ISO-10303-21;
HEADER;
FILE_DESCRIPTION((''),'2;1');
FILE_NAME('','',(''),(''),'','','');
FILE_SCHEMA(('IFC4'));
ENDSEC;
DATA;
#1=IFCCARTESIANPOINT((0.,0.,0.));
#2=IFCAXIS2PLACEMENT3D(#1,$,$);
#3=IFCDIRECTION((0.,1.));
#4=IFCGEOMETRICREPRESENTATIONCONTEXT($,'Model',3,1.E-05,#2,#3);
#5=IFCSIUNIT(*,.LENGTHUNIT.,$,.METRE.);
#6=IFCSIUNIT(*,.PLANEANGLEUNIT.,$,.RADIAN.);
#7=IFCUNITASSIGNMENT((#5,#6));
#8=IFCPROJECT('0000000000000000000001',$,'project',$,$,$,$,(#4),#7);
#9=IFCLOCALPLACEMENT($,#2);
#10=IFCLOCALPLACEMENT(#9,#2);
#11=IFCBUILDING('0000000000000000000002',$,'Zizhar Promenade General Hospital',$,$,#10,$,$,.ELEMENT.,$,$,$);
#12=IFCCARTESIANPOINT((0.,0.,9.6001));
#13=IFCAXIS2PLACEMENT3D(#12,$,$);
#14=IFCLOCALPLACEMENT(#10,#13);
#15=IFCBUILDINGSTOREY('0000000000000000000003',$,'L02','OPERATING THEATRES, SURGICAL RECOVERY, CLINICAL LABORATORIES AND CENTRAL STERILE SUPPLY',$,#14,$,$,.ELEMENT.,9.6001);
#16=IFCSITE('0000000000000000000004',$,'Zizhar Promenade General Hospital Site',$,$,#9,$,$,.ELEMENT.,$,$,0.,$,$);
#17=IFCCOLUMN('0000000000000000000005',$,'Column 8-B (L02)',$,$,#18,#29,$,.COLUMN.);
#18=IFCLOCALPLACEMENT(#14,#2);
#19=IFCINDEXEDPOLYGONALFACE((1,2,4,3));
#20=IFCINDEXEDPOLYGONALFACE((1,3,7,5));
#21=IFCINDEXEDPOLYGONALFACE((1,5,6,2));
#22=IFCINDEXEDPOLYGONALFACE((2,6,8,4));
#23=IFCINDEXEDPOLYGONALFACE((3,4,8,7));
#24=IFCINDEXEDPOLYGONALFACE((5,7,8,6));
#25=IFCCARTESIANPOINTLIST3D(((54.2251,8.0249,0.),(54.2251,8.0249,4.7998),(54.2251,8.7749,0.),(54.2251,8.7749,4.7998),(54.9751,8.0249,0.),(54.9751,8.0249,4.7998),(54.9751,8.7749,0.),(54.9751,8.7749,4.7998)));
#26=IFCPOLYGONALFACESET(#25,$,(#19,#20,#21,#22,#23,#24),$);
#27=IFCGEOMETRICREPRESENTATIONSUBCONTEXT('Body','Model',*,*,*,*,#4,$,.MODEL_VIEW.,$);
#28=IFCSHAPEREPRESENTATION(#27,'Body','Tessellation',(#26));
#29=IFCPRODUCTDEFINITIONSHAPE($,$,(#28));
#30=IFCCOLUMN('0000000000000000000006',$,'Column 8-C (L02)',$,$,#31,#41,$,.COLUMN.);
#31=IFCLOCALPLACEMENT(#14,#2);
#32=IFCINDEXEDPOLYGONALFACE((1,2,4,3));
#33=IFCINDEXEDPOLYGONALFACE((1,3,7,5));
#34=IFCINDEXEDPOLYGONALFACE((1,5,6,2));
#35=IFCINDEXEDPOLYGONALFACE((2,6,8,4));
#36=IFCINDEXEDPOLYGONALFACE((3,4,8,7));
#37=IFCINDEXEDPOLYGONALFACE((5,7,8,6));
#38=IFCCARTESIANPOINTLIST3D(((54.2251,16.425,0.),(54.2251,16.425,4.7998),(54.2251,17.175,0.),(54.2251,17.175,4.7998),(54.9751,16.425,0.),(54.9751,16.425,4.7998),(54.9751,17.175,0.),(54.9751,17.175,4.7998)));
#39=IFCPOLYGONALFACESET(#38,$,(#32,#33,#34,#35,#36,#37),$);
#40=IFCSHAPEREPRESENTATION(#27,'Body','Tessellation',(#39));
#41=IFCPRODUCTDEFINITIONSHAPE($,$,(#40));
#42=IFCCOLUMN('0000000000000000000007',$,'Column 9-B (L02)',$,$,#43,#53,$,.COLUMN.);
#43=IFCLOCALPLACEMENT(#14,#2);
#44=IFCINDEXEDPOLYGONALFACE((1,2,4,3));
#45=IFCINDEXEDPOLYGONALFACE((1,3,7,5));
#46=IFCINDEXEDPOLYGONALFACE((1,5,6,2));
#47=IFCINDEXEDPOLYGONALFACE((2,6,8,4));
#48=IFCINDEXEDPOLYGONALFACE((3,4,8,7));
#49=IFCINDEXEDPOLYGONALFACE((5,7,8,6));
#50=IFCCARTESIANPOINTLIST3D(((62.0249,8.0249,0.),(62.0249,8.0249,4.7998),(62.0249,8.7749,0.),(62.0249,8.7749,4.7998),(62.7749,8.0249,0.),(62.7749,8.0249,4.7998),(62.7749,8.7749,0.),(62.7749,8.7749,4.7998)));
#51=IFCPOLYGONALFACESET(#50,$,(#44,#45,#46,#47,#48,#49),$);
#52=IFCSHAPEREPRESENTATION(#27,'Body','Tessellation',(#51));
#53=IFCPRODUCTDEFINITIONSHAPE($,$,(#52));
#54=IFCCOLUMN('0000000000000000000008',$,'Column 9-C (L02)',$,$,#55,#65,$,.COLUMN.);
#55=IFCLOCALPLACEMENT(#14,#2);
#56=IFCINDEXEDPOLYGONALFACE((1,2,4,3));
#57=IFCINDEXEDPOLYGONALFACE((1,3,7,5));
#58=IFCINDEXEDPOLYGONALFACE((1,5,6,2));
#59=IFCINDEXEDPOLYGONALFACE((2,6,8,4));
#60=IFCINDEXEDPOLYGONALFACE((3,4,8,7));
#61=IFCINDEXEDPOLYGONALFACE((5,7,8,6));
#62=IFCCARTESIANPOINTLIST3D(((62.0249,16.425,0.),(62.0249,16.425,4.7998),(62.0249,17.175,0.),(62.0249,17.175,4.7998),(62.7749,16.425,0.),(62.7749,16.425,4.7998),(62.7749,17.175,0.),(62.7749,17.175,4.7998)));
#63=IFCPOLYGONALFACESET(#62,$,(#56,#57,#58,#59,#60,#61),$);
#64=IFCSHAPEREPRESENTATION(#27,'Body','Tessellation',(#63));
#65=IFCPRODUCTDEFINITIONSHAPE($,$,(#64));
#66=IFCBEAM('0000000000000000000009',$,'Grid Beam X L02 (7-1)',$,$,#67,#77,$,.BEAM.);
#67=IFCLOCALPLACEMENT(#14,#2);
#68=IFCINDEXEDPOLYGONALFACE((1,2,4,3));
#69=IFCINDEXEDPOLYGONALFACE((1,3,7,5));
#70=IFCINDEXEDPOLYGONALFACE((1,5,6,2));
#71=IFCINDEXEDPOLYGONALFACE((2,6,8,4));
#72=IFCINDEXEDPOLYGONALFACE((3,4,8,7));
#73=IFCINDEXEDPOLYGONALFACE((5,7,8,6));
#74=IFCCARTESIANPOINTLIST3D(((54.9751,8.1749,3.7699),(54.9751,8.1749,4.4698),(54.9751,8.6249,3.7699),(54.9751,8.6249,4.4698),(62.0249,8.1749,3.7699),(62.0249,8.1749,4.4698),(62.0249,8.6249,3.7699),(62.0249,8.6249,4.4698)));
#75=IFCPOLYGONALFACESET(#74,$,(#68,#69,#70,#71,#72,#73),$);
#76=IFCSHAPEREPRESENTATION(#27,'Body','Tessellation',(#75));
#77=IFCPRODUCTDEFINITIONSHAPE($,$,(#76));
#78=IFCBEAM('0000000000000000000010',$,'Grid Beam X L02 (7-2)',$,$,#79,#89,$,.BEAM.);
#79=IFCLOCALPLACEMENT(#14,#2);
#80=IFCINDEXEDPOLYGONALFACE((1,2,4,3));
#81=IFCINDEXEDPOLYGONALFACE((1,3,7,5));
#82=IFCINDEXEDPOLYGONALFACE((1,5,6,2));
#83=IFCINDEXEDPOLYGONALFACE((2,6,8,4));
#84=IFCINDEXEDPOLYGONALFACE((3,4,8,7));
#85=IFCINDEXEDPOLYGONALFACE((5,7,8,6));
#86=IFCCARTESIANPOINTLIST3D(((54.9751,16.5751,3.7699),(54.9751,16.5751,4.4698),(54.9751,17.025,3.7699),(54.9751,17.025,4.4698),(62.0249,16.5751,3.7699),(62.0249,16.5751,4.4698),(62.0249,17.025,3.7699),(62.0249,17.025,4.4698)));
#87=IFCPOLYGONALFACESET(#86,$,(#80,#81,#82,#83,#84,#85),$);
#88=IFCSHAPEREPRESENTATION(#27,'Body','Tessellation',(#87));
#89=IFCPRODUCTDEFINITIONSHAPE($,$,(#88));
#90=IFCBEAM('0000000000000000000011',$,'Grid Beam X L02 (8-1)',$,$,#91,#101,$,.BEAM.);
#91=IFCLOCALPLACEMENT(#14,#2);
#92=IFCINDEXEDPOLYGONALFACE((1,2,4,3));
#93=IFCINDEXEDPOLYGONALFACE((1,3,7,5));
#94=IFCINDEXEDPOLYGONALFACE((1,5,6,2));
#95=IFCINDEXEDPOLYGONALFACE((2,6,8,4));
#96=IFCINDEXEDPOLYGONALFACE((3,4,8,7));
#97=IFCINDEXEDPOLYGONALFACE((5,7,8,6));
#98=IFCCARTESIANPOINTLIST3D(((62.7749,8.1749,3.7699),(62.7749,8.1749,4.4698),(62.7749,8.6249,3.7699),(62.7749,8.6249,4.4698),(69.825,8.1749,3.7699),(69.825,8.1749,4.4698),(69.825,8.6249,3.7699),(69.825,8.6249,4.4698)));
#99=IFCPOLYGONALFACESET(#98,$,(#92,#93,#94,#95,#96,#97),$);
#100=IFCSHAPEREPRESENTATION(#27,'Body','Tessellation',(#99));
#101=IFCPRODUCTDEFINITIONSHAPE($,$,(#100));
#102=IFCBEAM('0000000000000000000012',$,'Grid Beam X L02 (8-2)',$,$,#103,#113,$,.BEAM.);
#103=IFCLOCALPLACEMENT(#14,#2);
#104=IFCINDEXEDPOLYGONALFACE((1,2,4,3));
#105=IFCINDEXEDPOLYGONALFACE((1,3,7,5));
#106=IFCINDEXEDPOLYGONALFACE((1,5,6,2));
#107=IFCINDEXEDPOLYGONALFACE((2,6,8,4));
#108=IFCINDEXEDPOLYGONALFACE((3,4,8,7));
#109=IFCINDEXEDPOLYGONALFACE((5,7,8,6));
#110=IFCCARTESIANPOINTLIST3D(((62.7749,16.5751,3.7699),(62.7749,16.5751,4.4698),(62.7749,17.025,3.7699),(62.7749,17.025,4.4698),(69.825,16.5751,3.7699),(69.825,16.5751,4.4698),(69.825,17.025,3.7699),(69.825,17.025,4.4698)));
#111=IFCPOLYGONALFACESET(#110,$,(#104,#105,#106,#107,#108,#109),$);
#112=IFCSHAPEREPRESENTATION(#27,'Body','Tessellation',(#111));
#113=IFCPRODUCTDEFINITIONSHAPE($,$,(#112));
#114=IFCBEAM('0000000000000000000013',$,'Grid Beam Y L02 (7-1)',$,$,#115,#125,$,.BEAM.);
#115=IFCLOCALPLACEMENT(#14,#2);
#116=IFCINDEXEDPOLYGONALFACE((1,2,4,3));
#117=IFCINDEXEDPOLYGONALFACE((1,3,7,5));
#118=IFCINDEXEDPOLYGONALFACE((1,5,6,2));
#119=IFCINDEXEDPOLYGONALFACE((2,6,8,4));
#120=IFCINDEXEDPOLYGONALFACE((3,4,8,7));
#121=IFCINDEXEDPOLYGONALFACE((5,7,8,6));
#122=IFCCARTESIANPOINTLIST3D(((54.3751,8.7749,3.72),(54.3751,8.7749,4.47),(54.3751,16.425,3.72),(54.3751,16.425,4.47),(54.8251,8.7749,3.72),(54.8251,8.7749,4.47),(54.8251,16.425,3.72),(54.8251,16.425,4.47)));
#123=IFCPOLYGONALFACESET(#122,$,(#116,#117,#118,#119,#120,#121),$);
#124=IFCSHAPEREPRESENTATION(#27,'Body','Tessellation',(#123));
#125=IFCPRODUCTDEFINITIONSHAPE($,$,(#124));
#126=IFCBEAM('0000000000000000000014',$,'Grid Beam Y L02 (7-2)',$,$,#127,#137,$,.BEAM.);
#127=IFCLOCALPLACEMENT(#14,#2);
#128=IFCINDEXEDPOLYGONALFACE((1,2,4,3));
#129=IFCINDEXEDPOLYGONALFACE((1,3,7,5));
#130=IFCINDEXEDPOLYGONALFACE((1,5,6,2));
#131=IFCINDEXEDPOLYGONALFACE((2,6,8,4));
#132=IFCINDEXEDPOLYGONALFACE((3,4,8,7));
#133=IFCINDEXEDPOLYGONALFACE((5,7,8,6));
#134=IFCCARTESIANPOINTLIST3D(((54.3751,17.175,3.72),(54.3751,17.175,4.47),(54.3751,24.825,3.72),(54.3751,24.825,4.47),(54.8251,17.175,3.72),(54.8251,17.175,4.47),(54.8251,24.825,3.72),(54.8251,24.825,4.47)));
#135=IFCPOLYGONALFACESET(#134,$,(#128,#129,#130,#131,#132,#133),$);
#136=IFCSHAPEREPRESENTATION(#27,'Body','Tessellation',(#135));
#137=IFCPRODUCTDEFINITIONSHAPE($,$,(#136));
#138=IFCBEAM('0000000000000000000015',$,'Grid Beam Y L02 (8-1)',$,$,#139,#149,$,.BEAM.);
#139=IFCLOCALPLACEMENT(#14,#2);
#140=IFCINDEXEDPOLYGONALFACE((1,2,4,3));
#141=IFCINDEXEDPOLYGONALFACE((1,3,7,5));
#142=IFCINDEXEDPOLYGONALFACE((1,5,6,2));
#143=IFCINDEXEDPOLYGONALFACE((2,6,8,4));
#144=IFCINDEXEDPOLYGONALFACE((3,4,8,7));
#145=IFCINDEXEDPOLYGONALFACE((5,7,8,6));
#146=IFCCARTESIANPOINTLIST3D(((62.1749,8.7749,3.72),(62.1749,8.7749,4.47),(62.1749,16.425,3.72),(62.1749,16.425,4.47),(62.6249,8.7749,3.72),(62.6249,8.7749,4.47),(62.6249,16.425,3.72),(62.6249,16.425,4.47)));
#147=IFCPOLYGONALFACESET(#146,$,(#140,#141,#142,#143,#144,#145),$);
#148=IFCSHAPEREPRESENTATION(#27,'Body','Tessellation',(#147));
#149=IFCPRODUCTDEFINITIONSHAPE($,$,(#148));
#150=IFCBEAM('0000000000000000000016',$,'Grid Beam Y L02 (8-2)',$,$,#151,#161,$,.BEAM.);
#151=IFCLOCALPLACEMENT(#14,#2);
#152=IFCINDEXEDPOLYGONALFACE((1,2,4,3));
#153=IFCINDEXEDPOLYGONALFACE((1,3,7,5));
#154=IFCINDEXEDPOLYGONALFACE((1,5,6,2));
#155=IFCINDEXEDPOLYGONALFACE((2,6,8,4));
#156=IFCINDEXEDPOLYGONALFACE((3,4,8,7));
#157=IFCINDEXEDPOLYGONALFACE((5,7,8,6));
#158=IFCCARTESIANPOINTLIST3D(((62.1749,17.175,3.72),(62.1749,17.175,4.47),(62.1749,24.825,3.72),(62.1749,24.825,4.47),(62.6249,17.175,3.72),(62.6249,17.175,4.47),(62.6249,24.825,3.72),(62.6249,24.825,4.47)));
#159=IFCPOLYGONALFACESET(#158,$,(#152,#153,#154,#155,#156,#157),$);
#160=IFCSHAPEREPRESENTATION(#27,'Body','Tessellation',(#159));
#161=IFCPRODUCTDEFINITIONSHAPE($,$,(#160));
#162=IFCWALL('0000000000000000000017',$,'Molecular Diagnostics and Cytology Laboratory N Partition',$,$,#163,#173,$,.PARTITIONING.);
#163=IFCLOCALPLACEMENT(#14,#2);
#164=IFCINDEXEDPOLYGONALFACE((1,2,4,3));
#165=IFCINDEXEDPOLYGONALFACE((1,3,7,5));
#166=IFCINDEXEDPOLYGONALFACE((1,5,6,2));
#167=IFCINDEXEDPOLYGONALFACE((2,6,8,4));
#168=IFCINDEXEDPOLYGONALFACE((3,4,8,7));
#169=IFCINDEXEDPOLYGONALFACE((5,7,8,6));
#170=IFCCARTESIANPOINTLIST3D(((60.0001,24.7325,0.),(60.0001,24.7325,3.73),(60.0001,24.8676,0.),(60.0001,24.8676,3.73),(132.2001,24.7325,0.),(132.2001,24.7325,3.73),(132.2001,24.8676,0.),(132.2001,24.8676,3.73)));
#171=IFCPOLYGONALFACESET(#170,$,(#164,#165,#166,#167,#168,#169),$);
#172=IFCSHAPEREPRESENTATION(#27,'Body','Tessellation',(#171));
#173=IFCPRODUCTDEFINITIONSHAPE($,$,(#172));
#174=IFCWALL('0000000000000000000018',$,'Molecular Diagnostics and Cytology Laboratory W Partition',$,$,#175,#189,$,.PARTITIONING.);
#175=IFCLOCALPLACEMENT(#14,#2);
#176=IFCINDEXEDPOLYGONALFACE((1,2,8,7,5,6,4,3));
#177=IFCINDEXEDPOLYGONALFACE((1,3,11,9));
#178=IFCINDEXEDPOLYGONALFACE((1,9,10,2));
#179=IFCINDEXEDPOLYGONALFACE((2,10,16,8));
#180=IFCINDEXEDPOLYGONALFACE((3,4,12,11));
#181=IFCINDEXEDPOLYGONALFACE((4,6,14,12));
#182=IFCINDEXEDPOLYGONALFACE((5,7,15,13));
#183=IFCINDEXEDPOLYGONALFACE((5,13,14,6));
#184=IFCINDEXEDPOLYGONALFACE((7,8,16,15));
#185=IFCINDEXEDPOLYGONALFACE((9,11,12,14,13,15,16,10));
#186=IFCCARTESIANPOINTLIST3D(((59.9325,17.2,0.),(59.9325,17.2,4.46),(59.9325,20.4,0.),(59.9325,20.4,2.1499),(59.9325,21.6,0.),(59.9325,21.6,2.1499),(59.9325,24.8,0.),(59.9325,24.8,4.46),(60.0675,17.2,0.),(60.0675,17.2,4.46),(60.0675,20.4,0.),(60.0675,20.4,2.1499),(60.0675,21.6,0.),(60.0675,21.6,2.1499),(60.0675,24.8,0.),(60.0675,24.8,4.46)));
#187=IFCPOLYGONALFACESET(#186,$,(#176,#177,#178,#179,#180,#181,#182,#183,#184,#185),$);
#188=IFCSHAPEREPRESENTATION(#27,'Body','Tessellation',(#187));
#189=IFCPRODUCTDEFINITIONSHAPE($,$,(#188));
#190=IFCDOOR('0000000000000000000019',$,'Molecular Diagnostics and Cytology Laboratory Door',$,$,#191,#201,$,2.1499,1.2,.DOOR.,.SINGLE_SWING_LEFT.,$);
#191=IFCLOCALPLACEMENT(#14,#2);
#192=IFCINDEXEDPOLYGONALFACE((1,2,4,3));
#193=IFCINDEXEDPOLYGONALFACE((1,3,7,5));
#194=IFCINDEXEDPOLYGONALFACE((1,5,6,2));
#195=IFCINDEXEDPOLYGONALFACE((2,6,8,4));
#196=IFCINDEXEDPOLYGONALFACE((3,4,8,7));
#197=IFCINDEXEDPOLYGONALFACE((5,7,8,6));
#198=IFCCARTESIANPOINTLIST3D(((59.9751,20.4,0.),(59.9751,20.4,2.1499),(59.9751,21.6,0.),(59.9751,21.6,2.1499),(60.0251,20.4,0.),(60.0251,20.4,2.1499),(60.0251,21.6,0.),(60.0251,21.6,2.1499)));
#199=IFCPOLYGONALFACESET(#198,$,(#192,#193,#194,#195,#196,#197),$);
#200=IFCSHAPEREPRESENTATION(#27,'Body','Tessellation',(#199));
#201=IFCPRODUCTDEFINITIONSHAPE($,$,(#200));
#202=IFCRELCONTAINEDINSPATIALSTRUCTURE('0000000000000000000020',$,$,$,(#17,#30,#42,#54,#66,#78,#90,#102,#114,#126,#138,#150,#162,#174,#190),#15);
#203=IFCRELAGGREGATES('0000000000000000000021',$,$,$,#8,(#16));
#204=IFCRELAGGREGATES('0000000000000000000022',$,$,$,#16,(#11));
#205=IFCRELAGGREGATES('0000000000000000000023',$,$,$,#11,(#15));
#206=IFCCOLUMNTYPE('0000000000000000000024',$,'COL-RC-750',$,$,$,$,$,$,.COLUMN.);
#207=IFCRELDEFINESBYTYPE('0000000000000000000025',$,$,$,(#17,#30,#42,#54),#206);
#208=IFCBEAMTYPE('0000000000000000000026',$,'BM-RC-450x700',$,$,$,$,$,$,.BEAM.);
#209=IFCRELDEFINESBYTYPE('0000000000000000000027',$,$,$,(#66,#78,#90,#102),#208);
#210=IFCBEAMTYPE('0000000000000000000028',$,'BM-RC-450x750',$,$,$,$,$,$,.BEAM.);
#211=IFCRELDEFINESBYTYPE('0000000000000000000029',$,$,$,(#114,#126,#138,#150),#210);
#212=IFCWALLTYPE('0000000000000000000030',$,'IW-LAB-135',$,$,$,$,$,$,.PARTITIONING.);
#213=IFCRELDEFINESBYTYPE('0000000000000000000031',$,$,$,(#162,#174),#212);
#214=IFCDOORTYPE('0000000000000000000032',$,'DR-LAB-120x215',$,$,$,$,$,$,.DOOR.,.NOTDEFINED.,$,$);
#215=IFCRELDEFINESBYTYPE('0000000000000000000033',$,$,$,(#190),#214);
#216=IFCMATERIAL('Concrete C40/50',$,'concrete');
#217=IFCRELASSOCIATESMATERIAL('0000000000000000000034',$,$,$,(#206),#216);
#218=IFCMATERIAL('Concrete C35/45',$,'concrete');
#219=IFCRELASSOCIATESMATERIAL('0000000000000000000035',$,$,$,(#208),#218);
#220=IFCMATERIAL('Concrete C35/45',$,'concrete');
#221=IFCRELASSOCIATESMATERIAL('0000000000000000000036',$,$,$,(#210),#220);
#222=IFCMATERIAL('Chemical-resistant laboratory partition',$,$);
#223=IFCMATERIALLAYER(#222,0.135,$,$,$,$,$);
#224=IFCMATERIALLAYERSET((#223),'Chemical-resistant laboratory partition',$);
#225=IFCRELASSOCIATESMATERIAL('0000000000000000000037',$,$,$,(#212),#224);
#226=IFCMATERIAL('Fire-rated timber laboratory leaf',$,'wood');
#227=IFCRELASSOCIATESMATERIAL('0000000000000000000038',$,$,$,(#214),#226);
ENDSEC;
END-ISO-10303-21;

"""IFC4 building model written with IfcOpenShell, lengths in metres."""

from ifc_helpers import new_model, si_unit, direction, frame, frame_2d, origin, origin_2d, place, context, subcontext, project, spatial, rectangle, extrude, material, layer, layer_set, material_profile, profile_set, type_object, element, fill, save


model = new_model("IFC4")

# Units and contexts
model_context = context("Model", 3, precision=1e-05, world=origin(), true_north=direction((0.0, 1.0)))
body_context = subcontext(model_context, "Body", "Model", "MODEL_VIEW")
ifc_project = project(units=[si_unit("LENGTHUNIT", "METRE"), si_unit("PLANEANGLEUNIT", "RADIAN")], contexts=[model_context])

# Site, building, storey
site_placement = place(None, origin())
site = spatial("IfcSite", under=ifc_project, at=site_placement, Name="Zizhar Promenade General Hospital Site", CompositionType="ELEMENT", RefElevation=0.0)
building_placement = place(site_placement, origin())
building = spatial("IfcBuilding", under=site, at=building_placement, Name="Zizhar Promenade General Hospital", CompositionType="ELEMENT")
storey_placement = place(building_placement, frame((0.0, 0.0, 9.6001)))
storey = spatial("IfcBuildingStorey", under=building, at=storey_placement, Name="L02", Description="OPERATING THEATRES, SURGICAL RECOVERY, CLINICAL LABORATORIES AND CENTRAL STERILE SUPPLY", CompositionType="ELEMENT", Elevation=9.6001)

# Columns
ifc_material_1 = material(Name="Concrete C40/50", Category="concrete")
ifc_material_profile_1 = material_profile(ifc_material_1, rectangle(XDim=0.75, YDim=0.75, at=origin_2d()))
ifc_profile_set_1 = profile_set([ifc_material_profile_1], Name="Concrete C40/50")
column_type = type_object("IfcColumnType", Name="COL-RC-750", PredefinedType="COLUMN", material=ifc_profile_set_1)
for number, where, z_axis, x_axis, name in (
    (1, (54.6001, 8.3999, 0.0), (0.0, 0.0, 1.0), (1.0, 0.0, 0.0), "Column 8-B (L02)"),
    (2, (54.6001, 16.8, 0.0), (0.0, 0.0, 1.0), (1.0, 0.0, 0.0), "Column 8-C (L02)"),
    (3, (62.3999, 8.3999, 0.0), (0.0, 0.0, 1.0), (1.0, 0.0, 0.0), "Column 9-B (L02)"),
    (4, (62.3999, 16.8, 0.0), (0.0, 0.0, 1.0), (1.0, 0.0, 0.0), "Column 9-C (L02)"),
):
    element("IfcColumn", number, at=place(storey_placement, frame(where, z_axis=z_axis, x_axis=x_axis)), inside=storey, type_object=column_type, Name=name, PredefinedType="COLUMN", context=body_context, shape_type="SweptSolid", body=[
        extrude(rectangle(XDim=0.75, YDim=0.75, at=origin_2d()), origin(), (0.0, 0.0, 1.0), 4.7998),
    ])

# Beams
ifc_material_2 = material(Name="Concrete C35/45", Category="concrete")
ifc_material_profile_2 = material_profile(ifc_material_2, rectangle(XDim=0.45, YDim=0.7, at=origin_2d()))
ifc_profile_set_2 = profile_set([ifc_material_profile_2], Name="Concrete C35/45")
beam_type_1 = type_object("IfcBeamType", Name="BM-RC-450x700", PredefinedType="BEAM", material=ifc_profile_set_2)
for number, where, z_axis, x_axis, name in (
    (5, (54.9751, 8.3999, 4.1199), (1.0, 0.0, 0.0), (0.0, 1.0, 0.0), "Grid Beam X L02 (7-1)"),
    (6, (54.9751, 16.8, 4.1199), (1.0, 0.0, 0.0), (0.0, 1.0, 0.0), "Grid Beam X L02 (7-2)"),
):
    element("IfcBeam", number, at=place(storey_placement, frame(where, z_axis=z_axis, x_axis=x_axis)), inside=storey, type_object=beam_type_1, Name=name, PredefinedType="BEAM", context=body_context, shape_type="SweptSolid", body=[
        extrude(rectangle(XDim=0.45, YDim=0.7, at=origin_2d()), origin(), (0.0, 0.0, 1.0), 7.0498),
    ])
for number, where, z_axis, x_axis, name in (
    (7, (62.7749, 8.3999, 4.1199), (1.0, 0.0, 0.0), (0.0, 1.0, 0.0), "Grid Beam X L02 (8-1)"),
    (8, (62.7749, 16.8, 4.1199), (1.0, 0.0, 0.0), (0.0, 1.0, 0.0), "Grid Beam X L02 (8-2)"),
):
    element("IfcBeam", number, at=place(storey_placement, frame(where, z_axis=z_axis, x_axis=x_axis)), inside=storey, type_object=beam_type_1, Name=name, PredefinedType="BEAM", context=body_context, shape_type="SweptSolid", body=[
        extrude(rectangle(XDim=0.45, YDim=0.7, at=origin_2d()), origin(), (0.0, 0.0, 1.0), 7.05),
    ])
ifc_material_3 = material(Name="Concrete C35/45", Category="concrete")
ifc_material_profile_3 = material_profile(ifc_material_3, rectangle(XDim=0.45, YDim=0.75, at=origin_2d()))
ifc_profile_set_3 = profile_set([ifc_material_profile_3], Name="Concrete C35/45")
beam_type_2 = type_object("IfcBeamType", Name="BM-RC-450x750", PredefinedType="BEAM", material=ifc_profile_set_3)
beam_1_placement = place(storey_placement, frame((54.6001, 8.7749, 4.095), z_axis=(0.0, 1.0, 0.0), x_axis=(-1.0, 0.0, 0.0)))
element("IfcBeam", 9, at=beam_1_placement, inside=storey, type_object=beam_type_2, Name="Grid Beam Y L02 (7-1)", PredefinedType="BEAM", context=body_context, shape_type="SweptSolid", body=[
    extrude(rectangle(XDim=0.45, YDim=0.75, at=origin_2d()), origin(), (0.0, 0.0, 1.0), 7.6501),
])
beam_2_placement = place(storey_placement, frame((54.6001, 17.175, 4.095), z_axis=(0.0, 1.0, 0.0), x_axis=(-1.0, 0.0, 0.0)))
element("IfcBeam", 10, at=beam_2_placement, inside=storey, type_object=beam_type_2, Name="Grid Beam Y L02 (7-2)", PredefinedType="BEAM", context=body_context, shape_type="SweptSolid", body=[
    extrude(rectangle(XDim=0.45, YDim=0.75, at=origin_2d()), origin(), (0.0, 0.0, 1.0), 7.6499),
])
beam_3_placement = place(storey_placement, frame((62.3999, 8.7749, 4.095), z_axis=(0.0, 1.0, 0.0), x_axis=(-1.0, 0.0, 0.0)))
element("IfcBeam", 11, at=beam_3_placement, inside=storey, type_object=beam_type_2, Name="Grid Beam Y L02 (8-1)", PredefinedType="BEAM", context=body_context, shape_type="SweptSolid", body=[
    extrude(rectangle(XDim=0.45, YDim=0.75, at=origin_2d()), origin(), (0.0, 0.0, 1.0), 7.6501),
])
beam_4_placement = place(storey_placement, frame((62.3999, 17.175, 4.095), z_axis=(0.0, 1.0, 0.0), x_axis=(-1.0, 0.0, 0.0)))
element("IfcBeam", 12, at=beam_4_placement, inside=storey, type_object=beam_type_2, Name="Grid Beam Y L02 (8-2)", PredefinedType="BEAM", context=body_context, shape_type="SweptSolid", body=[
    extrude(rectangle(XDim=0.45, YDim=0.75, at=origin_2d()), origin(), (0.0, 0.0, 1.0), 7.6499),
])

# Wall
ifc_material_4 = material(Name="Chemical-resistant laboratory partition")
ifc_layer_1 = layer(ifc_material_4, 0.135)
ifc_layer_set_1 = layer_set([ifc_layer_1], Name="Chemical-resistant laboratory partition")
wall_type_1 = type_object("IfcWallType", Name="IW-LAB-135", PredefinedType="PARTITIONING", material=ifc_layer_set_1)
wall_1_placement = place(storey_placement, frame((60.0, 24.8, 0.0), z_axis=(0.0, 0.0, 1.0), x_axis=(1.0, 0.0, 0.0)))
element("IfcWall", 13, at=wall_1_placement, inside=storey, type_object=wall_type_1, Name="Molecular Diagnostics and Cytology Laboratory N Partition", PredefinedType="PARTITIONING", context=body_context, shape_type="SweptSolid", body=[
    extrude(rectangle(XDim=72.2, YDim=0.135, at=frame_2d((36.1001, 0.0))), origin(), (0.0, 0.0, 1.0), 3.73),
])

# Wall, opening, door
wall_2_placement = place(storey_placement, frame((60.0, 17.2, 0.0), z_axis=(0.0, 0.0, 1.0), x_axis=(0.0, 1.0, 0.0)))
wall_2 = element("IfcWall", 14, at=wall_2_placement, inside=storey, type_object=wall_type_1, Name="Molecular Diagnostics and Cytology Laboratory W Partition", PredefinedType="PARTITIONING", context=body_context, shape_type="SweptSolid", body=[
    extrude(rectangle(XDim=7.6001, YDim=0.135, at=frame_2d((3.8, 0.0))), origin(), (0.0, 0.0, 1.0), 4.46),
])
opening_1_placement = place(wall_2_placement, frame((3.2, 0.0, 0.0)))
opening_1 = element("IfcOpeningElement", 15, at=opening_1_placement, cuts=wall_2, PredefinedType="OPENING", context=body_context, shape_type="SweptSolid", body=[
    extrude(rectangle(XDim=1.2, YDim=2.1499, at=frame_2d((0.6001, 1.075))), frame((0.0, 0.0776, 0.0), z_axis=(0.0, -1.0, 0.0), x_axis=(1.0, 0.0, 0.0)), (0.0, 0.0, 1.0), 0.155),
])
ifc_material_5 = material(Name="Fire-rated timber laboratory leaf", Category="wood")
door_type_1 = type_object("IfcDoorType", Name="DR-LAB-120x215", OperationType="NOTDEFINED", PredefinedType="DOOR", material=ifc_material_5)
door_1_placement = place(opening_1_placement, origin())
door_1 = element("IfcDoor", 16, at=door_1_placement, inside=storey, type_object=door_type_1, Name="Molecular Diagnostics and Cytology Laboratory Door", OperationType="SINGLE_SWING_LEFT", OverallHeight=2.1499, OverallWidth=1.2, PredefinedType="DOOR", context=body_context, shape_type="SweptSolid", body=[
    extrude(rectangle(XDim=1.2, YDim=2.1499, at=frame_2d((0.6001, 1.075))), frame((0.0, 0.0249, 0.0), z_axis=(0.0, -1.0, 0.0), x_axis=(1.0, 0.0, 0.0)), (0.0, 0.0, 1.0), 0.05),
])
fill(opening_1, door_1)

save(model, "model.ifc")
